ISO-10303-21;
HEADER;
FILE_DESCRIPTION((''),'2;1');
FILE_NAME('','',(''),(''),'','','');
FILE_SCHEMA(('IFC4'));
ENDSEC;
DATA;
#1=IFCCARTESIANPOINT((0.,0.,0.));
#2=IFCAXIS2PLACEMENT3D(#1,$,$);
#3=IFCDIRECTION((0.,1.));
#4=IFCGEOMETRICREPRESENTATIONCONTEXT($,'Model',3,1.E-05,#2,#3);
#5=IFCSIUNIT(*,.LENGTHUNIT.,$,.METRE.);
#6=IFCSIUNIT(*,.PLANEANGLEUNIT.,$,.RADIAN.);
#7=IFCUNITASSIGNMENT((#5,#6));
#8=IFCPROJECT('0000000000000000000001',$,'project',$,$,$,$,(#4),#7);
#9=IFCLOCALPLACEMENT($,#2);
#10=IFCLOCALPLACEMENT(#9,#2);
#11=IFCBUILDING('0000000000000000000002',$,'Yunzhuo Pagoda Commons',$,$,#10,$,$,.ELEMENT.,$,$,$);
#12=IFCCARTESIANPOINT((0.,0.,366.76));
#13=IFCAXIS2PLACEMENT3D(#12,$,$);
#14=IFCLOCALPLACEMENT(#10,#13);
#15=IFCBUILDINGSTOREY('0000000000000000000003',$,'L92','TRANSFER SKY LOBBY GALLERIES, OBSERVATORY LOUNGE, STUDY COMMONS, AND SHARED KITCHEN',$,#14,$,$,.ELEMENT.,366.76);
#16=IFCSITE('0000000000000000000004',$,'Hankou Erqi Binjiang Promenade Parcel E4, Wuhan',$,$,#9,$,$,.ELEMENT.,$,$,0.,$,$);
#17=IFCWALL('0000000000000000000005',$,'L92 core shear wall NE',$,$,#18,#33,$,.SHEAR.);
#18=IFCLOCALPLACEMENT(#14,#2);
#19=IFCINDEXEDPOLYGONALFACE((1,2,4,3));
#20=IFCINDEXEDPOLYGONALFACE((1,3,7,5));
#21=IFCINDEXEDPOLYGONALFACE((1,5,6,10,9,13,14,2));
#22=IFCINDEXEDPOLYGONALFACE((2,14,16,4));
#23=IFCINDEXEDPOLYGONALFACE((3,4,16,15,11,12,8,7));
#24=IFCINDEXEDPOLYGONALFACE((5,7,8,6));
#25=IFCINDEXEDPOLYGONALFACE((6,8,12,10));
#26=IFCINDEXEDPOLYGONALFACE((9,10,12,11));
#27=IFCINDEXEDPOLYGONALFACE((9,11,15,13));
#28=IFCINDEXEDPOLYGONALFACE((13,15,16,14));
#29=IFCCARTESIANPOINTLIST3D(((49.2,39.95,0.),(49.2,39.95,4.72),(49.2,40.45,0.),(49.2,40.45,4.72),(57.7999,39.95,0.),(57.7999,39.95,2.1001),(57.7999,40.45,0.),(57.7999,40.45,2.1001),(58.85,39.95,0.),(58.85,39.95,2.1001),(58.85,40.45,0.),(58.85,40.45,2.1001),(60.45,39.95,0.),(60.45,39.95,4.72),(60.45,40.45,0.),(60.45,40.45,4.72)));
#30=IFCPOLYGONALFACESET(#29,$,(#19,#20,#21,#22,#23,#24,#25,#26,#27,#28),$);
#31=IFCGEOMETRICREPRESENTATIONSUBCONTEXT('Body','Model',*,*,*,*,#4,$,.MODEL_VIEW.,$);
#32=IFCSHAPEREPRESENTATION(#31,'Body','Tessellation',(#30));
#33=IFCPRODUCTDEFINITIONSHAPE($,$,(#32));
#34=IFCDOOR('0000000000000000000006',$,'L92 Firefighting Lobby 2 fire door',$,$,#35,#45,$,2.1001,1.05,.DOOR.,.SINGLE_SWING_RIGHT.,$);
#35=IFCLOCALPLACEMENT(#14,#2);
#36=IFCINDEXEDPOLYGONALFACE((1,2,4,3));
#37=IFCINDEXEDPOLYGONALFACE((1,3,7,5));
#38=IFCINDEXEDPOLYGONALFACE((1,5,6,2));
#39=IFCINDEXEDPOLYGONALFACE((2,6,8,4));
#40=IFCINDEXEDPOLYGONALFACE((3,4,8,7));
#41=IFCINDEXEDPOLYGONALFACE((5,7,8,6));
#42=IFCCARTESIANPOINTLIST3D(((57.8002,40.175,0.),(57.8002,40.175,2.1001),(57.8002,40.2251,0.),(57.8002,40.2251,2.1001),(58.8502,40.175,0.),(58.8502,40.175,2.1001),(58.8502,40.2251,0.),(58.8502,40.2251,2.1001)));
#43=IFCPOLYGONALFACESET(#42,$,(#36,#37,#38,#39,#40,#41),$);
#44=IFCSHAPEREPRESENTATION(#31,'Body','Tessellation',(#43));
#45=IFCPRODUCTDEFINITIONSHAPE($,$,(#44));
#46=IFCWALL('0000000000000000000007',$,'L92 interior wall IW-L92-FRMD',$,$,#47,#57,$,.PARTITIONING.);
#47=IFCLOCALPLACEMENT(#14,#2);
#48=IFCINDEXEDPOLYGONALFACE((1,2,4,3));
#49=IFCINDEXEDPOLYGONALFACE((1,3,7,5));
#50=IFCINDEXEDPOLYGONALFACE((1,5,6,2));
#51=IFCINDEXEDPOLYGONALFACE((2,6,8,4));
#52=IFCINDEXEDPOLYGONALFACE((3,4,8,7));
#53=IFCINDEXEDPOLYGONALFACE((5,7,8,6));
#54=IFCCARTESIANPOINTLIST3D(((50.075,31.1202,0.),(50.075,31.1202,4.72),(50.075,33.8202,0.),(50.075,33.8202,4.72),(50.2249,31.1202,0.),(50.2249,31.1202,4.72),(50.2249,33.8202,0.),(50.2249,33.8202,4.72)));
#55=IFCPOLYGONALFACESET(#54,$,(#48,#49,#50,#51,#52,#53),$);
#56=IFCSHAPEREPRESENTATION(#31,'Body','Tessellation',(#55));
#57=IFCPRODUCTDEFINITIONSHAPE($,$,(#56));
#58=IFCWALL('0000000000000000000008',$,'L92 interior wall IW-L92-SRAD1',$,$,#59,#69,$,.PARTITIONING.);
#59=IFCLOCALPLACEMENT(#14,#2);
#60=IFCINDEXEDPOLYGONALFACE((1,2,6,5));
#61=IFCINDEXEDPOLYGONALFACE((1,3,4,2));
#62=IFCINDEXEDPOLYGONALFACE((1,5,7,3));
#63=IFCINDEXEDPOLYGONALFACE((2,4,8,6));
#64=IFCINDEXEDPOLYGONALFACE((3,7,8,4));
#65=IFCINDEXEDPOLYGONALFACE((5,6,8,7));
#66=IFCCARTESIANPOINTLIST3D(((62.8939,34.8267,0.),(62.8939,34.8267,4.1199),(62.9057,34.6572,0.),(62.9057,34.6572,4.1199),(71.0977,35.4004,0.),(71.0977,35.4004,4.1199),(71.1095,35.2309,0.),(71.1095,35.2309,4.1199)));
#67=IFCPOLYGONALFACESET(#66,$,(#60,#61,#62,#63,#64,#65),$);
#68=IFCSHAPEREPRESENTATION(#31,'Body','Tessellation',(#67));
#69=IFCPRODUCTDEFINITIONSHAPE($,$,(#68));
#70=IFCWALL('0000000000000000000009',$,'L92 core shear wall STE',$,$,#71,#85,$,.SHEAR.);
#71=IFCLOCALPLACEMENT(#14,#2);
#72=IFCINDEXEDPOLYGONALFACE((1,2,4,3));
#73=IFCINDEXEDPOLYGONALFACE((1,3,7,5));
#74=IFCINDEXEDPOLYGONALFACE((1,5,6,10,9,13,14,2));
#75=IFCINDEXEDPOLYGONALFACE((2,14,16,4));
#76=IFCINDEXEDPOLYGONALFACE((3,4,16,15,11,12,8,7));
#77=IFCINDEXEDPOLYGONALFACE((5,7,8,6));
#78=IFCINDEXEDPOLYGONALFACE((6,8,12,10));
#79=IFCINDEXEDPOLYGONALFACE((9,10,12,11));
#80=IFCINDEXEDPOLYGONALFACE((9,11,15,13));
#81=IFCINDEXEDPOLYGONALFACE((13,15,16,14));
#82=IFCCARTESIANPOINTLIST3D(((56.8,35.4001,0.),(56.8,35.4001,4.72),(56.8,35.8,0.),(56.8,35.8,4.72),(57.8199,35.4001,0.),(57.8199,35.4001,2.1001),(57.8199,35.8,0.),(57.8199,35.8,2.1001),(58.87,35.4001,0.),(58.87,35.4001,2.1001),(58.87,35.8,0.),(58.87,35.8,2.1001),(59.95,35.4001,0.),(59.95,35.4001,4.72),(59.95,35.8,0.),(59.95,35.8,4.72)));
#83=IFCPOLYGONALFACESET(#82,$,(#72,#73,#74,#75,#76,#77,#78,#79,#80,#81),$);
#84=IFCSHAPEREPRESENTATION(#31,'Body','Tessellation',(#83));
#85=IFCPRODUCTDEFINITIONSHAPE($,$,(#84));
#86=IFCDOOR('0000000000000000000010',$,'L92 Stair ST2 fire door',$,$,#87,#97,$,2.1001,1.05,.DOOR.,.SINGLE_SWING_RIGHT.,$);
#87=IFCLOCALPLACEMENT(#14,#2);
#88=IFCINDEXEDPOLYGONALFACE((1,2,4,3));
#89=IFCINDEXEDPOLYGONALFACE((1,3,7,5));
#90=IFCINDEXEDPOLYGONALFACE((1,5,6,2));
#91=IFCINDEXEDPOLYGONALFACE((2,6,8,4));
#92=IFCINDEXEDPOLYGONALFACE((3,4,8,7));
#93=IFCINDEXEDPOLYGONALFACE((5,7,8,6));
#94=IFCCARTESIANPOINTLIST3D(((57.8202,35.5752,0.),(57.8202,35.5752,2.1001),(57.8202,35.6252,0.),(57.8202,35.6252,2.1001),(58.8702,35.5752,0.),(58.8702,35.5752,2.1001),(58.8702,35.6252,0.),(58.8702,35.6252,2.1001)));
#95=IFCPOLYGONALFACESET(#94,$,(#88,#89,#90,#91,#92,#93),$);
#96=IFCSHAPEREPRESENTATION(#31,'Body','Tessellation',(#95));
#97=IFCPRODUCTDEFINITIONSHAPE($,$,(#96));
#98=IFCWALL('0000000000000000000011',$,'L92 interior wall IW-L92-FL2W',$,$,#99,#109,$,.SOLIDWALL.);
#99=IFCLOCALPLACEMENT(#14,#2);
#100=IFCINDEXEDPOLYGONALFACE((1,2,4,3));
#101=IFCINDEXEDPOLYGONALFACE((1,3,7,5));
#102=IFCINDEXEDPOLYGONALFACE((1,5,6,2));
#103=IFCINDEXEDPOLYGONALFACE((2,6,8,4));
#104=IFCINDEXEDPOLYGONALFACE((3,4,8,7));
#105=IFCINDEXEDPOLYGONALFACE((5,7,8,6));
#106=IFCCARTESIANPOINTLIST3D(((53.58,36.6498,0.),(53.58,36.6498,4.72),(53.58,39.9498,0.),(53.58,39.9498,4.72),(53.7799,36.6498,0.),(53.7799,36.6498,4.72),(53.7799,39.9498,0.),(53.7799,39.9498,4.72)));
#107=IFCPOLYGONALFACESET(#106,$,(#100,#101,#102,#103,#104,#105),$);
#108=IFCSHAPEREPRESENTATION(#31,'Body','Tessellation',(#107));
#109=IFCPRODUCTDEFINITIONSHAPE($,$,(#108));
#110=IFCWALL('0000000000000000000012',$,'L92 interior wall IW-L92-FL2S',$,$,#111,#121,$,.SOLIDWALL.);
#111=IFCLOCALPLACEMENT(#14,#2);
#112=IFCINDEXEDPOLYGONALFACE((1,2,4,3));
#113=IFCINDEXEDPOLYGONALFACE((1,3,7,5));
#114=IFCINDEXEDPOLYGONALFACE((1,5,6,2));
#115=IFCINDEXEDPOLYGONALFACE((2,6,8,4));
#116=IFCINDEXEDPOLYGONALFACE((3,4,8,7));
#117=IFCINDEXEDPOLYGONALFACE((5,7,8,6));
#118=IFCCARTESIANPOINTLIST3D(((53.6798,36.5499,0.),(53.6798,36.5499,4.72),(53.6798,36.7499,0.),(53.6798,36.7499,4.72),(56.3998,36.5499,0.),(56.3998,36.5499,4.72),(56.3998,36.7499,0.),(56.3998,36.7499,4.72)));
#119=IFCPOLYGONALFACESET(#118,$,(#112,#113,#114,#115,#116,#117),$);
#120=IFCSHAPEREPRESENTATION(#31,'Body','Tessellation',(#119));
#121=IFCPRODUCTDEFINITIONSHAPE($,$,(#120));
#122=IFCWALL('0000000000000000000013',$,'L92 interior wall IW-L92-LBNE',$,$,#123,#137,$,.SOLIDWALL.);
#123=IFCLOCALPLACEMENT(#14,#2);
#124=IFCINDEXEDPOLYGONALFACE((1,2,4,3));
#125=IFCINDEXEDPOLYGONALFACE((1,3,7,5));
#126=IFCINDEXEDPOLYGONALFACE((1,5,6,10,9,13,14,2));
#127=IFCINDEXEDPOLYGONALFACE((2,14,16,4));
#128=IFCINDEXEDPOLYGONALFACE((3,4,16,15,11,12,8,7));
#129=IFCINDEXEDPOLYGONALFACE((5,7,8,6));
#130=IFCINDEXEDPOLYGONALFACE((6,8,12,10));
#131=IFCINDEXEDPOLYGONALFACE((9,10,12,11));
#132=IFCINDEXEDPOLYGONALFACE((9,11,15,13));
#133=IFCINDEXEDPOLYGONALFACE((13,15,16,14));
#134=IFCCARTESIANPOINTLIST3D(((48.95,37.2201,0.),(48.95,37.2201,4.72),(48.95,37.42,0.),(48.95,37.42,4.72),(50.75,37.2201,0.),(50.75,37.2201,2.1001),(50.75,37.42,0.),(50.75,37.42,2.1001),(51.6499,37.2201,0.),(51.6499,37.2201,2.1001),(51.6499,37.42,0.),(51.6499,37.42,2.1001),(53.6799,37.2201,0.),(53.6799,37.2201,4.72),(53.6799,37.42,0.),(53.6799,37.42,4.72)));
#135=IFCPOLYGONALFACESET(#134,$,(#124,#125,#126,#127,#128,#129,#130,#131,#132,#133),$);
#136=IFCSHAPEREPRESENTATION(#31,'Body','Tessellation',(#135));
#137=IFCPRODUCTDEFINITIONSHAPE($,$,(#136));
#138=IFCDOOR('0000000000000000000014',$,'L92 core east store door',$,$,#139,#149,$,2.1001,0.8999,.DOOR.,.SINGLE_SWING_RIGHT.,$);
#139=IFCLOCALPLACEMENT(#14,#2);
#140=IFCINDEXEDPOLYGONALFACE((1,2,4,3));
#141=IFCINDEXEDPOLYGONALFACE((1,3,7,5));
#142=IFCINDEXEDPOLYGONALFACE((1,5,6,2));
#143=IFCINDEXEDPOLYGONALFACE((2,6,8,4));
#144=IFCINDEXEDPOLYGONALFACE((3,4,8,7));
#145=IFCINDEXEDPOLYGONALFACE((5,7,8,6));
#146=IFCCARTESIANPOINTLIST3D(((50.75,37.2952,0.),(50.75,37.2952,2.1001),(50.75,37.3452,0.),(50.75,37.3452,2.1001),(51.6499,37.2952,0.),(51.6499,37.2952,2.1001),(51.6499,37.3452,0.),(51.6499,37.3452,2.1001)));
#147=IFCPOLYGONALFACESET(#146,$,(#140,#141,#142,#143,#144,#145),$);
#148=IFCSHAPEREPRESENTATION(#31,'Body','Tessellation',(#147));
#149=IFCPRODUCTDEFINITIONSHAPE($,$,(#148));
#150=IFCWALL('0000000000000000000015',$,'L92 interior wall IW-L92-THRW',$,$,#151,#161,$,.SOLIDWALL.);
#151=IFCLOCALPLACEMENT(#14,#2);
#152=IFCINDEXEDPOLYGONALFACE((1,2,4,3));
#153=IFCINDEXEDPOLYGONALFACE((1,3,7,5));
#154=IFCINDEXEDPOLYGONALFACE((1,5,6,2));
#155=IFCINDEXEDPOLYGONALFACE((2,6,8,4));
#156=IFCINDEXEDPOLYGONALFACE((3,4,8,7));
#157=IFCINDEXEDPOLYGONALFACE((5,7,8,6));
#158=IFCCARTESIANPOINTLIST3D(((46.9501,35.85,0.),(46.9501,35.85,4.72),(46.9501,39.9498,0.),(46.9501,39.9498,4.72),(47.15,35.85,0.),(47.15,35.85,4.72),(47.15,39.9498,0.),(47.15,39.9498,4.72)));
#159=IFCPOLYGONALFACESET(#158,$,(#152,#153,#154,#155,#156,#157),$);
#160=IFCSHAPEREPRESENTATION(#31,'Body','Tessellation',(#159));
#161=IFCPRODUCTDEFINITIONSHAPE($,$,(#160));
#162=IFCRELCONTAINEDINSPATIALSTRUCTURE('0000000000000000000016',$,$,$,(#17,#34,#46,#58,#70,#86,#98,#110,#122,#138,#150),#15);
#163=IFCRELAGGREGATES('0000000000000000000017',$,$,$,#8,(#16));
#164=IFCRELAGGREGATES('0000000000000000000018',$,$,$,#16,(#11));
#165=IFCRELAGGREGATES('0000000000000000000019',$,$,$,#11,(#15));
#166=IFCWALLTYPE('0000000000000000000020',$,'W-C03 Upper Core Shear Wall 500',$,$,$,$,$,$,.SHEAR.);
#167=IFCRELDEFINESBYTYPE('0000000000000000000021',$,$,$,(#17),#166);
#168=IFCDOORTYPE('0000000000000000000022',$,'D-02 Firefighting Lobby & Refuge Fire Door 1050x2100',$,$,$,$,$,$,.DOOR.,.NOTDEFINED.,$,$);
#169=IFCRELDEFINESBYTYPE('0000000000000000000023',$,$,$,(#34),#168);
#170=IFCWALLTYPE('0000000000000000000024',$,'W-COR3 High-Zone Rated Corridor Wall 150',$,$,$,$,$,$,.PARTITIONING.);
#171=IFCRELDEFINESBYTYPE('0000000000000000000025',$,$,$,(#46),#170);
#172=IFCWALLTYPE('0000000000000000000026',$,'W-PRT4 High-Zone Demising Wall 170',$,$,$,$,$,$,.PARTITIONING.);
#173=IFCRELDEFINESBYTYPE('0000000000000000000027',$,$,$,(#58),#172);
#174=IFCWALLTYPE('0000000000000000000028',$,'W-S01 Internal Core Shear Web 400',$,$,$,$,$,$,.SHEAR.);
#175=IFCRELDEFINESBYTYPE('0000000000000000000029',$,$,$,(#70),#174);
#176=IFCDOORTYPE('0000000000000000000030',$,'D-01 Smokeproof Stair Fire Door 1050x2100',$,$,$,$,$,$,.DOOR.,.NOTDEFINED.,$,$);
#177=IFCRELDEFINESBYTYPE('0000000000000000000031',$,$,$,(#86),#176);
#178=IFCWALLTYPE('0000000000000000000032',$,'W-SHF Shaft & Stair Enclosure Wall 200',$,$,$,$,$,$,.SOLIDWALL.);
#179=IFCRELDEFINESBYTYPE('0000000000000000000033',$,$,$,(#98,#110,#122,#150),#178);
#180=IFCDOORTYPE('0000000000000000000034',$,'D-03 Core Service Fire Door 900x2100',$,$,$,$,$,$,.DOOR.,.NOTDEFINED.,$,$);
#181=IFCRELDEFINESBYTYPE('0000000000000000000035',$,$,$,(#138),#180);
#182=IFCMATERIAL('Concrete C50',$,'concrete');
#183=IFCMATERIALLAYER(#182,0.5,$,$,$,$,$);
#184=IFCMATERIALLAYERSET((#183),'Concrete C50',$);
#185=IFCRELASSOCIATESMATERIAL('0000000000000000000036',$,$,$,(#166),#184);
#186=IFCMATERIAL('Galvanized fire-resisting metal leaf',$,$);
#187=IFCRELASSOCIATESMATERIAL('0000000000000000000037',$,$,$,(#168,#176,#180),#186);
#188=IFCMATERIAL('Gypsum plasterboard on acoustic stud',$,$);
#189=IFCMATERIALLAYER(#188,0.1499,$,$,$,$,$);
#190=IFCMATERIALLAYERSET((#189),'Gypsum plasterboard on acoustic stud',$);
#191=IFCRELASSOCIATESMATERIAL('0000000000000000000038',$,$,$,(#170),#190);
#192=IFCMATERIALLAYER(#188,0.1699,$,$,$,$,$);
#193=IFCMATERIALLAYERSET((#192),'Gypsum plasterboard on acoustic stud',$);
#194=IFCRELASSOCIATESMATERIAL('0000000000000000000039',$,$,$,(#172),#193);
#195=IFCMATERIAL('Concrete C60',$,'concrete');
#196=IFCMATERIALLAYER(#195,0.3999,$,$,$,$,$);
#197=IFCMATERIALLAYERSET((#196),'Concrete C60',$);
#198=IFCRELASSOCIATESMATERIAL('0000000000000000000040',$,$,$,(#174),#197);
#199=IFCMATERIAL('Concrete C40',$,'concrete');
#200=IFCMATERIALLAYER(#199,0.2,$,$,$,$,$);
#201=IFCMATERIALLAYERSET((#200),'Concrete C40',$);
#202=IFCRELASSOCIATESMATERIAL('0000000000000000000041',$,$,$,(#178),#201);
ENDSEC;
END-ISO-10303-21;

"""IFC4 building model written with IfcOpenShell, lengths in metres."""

from ifc_helpers import new_model, si_unit, direction, frame, frame_2d, origin, place, context, subcontext, project, spatial, rectangle, extrude, source, transform, mapped, material, layer, layer_set, type_object, element, fill, save


model = new_model("IFC4")

# Units and contexts
model_context = context("Model", 3, precision=1e-05, world=origin(), true_north=direction((0.0, 1.0)))
body_context = subcontext(model_context, "Body", "Model", "MODEL_VIEW")
ifc_project = project(units=[si_unit("LENGTHUNIT", "METRE"), si_unit("PLANEANGLEUNIT", "RADIAN")], contexts=[model_context])

# Site, building, storey
site_placement = place(None, origin())
site = spatial("IfcSite", under=ifc_project, at=site_placement, Name="Hankou Erqi Binjiang Promenade Parcel E4, Wuhan", CompositionType="ELEMENT", RefElevation=0.0)
building_placement = place(site_placement, origin())
building = spatial("IfcBuilding", under=site, at=building_placement, Name="Yunzhuo Pagoda Commons", CompositionType="ELEMENT")
storey_placement = place(building_placement, frame((0.0, 0.0, 366.76)))
storey = spatial("IfcBuildingStorey", under=building, at=storey_placement, Name="L92", Description="TRANSFER SKY LOBBY GALLERIES, OBSERVATORY LOUNGE, STUDY COMMONS, AND SHARED KITCHEN", CompositionType="ELEMENT", Elevation=366.76)

# Wall, opening, door
ifc_material_1 = material(Name="Concrete C50", Category="concrete")
ifc_layer_1 = layer(ifc_material_1, 0.5)
ifc_layer_set_1 = layer_set([ifc_layer_1], Name="Concrete C50")
wall_type_1 = type_object("IfcWallType", Name="W-C03 Upper Core Shear Wall 500", PredefinedType="SHEAR", material=ifc_layer_set_1)
wall_1_placement = place(storey_placement, frame((49.2, 40.2, 0.0), z_axis=(0.0, 0.0, 1.0), x_axis=(1.0, 0.0, 0.0)))
wall_1 = element("IfcWall", 1, at=wall_1_placement, inside=storey, type_object=wall_type_1, Name="L92 core shear wall NE", PredefinedType="SHEAR", context=body_context, shape_type="SweptSolid", body=[
    extrude(rectangle(XDim=11.25, YDim=0.5, at=frame_2d((5.625, 0.0))), origin(), (0.0, 0.0, 1.0), 4.72),
])
opening_1_placement = place(wall_1_placement, frame((8.6001, 0.0, 0.0)))
opening_1 = element("IfcOpeningElement", 2, at=opening_1_placement, cuts=wall_1, PredefinedType="OPENING", context=body_context, shape_type="SweptSolid", body=[
    extrude(rectangle(XDim=1.05, YDim=2.1001, at=frame_2d((0.5249, 1.05))), frame((0.0, 0.26, 0.0), z_axis=(0.0, -1.0, 0.0), x_axis=(1.0, 0.0, 0.0)), (0.0, 0.0, 1.0), 0.52),
])
ifc_material_2 = material(Name="Galvanized fire-resisting metal leaf")
door_type_1 = type_object("IfcDoorType", Name="D-02 Firefighting Lobby & Refuge Fire Door 1050x2100", OperationType="NOTDEFINED", PredefinedType="DOOR", material=ifc_material_2)
shared_shape_1 = source(origin(), body_context, "Body", "SweptSolid", [
    extrude(rectangle(XDim=1.05, YDim=2.1001, at=frame_2d((0.5249, 1.05))), frame((0.0, 0.0249, 0.0), z_axis=(0.0, -1.0, 0.0), x_axis=(1.0, 0.0, 0.0)), (0.0, 0.0, 1.0), 0.05),
])
door_1_placement = place(opening_1_placement, frame((1.05, 0.0, 0.0), z_axis=(0.0, 0.0, 1.0), x_axis=(-1.0, 0.0, 0.0)))
door_1 = element("IfcDoor", 3, at=door_1_placement, inside=storey, type_object=door_type_1, Name="L92 Firefighting Lobby 2 fire door", OperationType="SINGLE_SWING_RIGHT", OverallHeight=2.1001, OverallWidth=1.05, PredefinedType="DOOR", context=body_context, shape_type="MappedRepresentation", body=[
    mapped(shared_shape_1, transform((0.0, 0.0, 0.0), scale=1.0)),
])
fill(opening_1, door_1)

# Walls
ifc_material_3 = material(Name="Gypsum plasterboard on acoustic stud")
ifc_layer_2 = layer(ifc_material_3, 0.1499)
ifc_layer_set_2 = layer_set([ifc_layer_2], Name="Gypsum plasterboard on acoustic stud")
wall_type_2 = type_object("IfcWallType", Name="W-COR3 High-Zone Rated Corridor Wall 150", PredefinedType="PARTITIONING", material=ifc_layer_set_2)
wall_2_placement = place(storey_placement, frame((50.1499, 31.1201, 0.0), z_axis=(0.0, 0.0, 1.0), x_axis=(0.0, 1.0, 0.0)))
element("IfcWall", 4, at=wall_2_placement, inside=storey, type_object=wall_type_2, Name="L92 interior wall IW-L92-FRMD", PredefinedType="PARTITIONING", context=body_context, shape_type="SweptSolid", body=[
    extrude(rectangle(XDim=2.7, YDim=0.1499, at=frame_2d((1.3501, 0.0))), origin(), (0.0, 0.0, 1.0), 4.72),
])
ifc_layer_3 = layer(ifc_material_3, 0.1699)
ifc_layer_set_3 = layer_set([ifc_layer_3], Name="Gypsum plasterboard on acoustic stud")
wall_type_3 = type_object("IfcWallType", Name="W-PRT4 High-Zone Demising Wall 170", PredefinedType="PARTITIONING", material=ifc_layer_set_3)
wall_3_placement = place(storey_placement, frame((62.8999, 34.7419, 0.0), z_axis=(0.0, 0.0, 1.0), x_axis=(0.997564, 0.069764, 0.0)))
element("IfcWall", 5, at=wall_3_placement, inside=storey, type_object=wall_type_3, Name="L92 interior wall IW-L92-SRAD1", PredefinedType="PARTITIONING", context=body_context, shape_type="SweptSolid", body=[
    extrude(rectangle(XDim=8.2239, YDim=0.1699, at=frame_2d((4.1118, 0.0))), origin(), (0.0, 0.0, 1.0), 4.1199),
])

# Wall, opening, door
ifc_material_4 = material(Name="Concrete C60", Category="concrete")
ifc_layer_4 = layer(ifc_material_4, 0.3999)
ifc_layer_set_4 = layer_set([ifc_layer_4], Name="Concrete C60")
wall_type_4 = type_object("IfcWallType", Name="W-S01 Internal Core Shear Web 400", PredefinedType="SHEAR", material=ifc_layer_set_4)
wall_4_placement = place(storey_placement, frame((56.8, 35.6001, 0.0), z_axis=(0.0, 0.0, 1.0), x_axis=(1.0, 0.0, 0.0)))
wall_4 = element("IfcWall", 6, at=wall_4_placement, inside=storey, type_object=wall_type_4, Name="L92 core shear wall STE", PredefinedType="SHEAR", context=body_context, shape_type="SweptSolid", body=[
    extrude(rectangle(XDim=3.1499, YDim=0.3999, at=frame_2d((1.575, 0.0))), origin(), (0.0, 0.0, 1.0), 4.72),
])
opening_2_placement = place(wall_4_placement, frame((1.02, 0.0, 0.0)))
opening_2 = element("IfcOpeningElement", 7, at=opening_2_placement, cuts=wall_4, PredefinedType="OPENING", context=body_context, shape_type="SweptSolid", body=[
    extrude(rectangle(XDim=1.05, YDim=2.1001, at=frame_2d((0.5249, 1.05))), frame((0.0, 0.21, 0.0), z_axis=(0.0, -1.0, 0.0), x_axis=(1.0, 0.0, 0.0)), (0.0, 0.0, 1.0), 0.4199),
])
door_type_2 = type_object("IfcDoorType", Name="D-01 Smokeproof Stair Fire Door 1050x2100", OperationType="NOTDEFINED", PredefinedType="DOOR", material=ifc_material_2)
door_2_placement = place(opening_2_placement, frame((1.05, 0.0, 0.0), z_axis=(0.0, 0.0, 1.0), x_axis=(-1.0, 0.0, 0.0)))
door_2 = element("IfcDoor", 8, at=door_2_placement, inside=storey, type_object=door_type_2, Name="L92 Stair ST2 fire door", OperationType="SINGLE_SWING_RIGHT", OverallHeight=2.1001, OverallWidth=1.05, PredefinedType="DOOR", context=body_context, shape_type="MappedRepresentation", body=[
    mapped(shared_shape_1, transform((0.0, 0.0, 0.0), scale=1.0)),
])
fill(opening_2, door_2)

# Walls
ifc_material_5 = material(Name="Concrete C40", Category="concrete")
ifc_layer_5 = layer(ifc_material_5, 0.2)
ifc_layer_set_5 = layer_set([ifc_layer_5], Name="Concrete C40")
wall_type_5 = type_object("IfcWallType", Name="W-SHF Shaft & Stair Enclosure Wall 200", PredefinedType="SOLIDWALL", material=ifc_layer_set_5)
wall_5_placement = place(storey_placement, frame((53.6799, 36.6499, 0.0), z_axis=(0.0, 0.0, 1.0), x_axis=(0.0, 1.0, 0.0)))
element("IfcWall", 9, at=wall_5_placement, inside=storey, type_object=wall_type_5, Name="L92 interior wall IW-L92-FL2W", PredefinedType="SOLIDWALL", context=body_context, shape_type="SweptSolid", body=[
    extrude(rectangle(XDim=3.3, YDim=0.2, at=frame_2d((1.6499, 0.0))), origin(), (0.0, 0.0, 1.0), 4.72),
])
wall_6_placement = place(storey_placement, frame((53.6799, 36.6499, 0.0), z_axis=(0.0, 0.0, 1.0), x_axis=(1.0, 0.0, 0.0)))
element("IfcWall", 10, at=wall_6_placement, inside=storey, type_object=wall_type_5, Name="L92 interior wall IW-L92-FL2S", PredefinedType="SOLIDWALL", context=body_context, shape_type="SweptSolid", body=[
    extrude(rectangle(XDim=2.72, YDim=0.2, at=frame_2d((1.3599, 0.0))), origin(), (0.0, 0.0, 1.0), 4.72),
])

# Wall, opening, door
wall_7_placement = place(storey_placement, frame((48.95, 37.3201, 0.0), z_axis=(0.0, 0.0, 1.0), x_axis=(1.0, 0.0, 0.0)))
wall_7 = element("IfcWall", 11, at=wall_7_placement, inside=storey, type_object=wall_type_5, Name="L92 interior wall IW-L92-LBNE", PredefinedType="SOLIDWALL", context=body_context, shape_type="SweptSolid", body=[
    extrude(rectangle(XDim=4.73, YDim=0.2, at=frame_2d((2.365, 0.0))), origin(), (0.0, 0.0, 1.0), 4.72),
])
opening_3_placement = place(wall_7_placement, frame((1.8, 0.0, 0.0)))
opening_3 = element("IfcOpeningElement", 12, at=opening_3_placement, cuts=wall_7, PredefinedType="OPENING", context=body_context, shape_type="SweptSolid", body=[
    extrude(rectangle(XDim=0.8999, YDim=2.1001, at=frame_2d((0.45, 1.05))), frame((0.0, 0.1099, 0.0), z_axis=(0.0, -1.0, 0.0), x_axis=(1.0, 0.0, 0.0)), (0.0, 0.0, 1.0), 0.22),
])
door_type_3 = type_object("IfcDoorType", Name="D-03 Core Service Fire Door 900x2100", OperationType="NOTDEFINED", PredefinedType="DOOR", material=ifc_material_2)
shared_shape_2 = source(origin(), body_context, "Body", "SweptSolid", [
    extrude(rectangle(XDim=0.8999, YDim=2.1001, at=frame_2d((0.45, 1.05))), frame((0.0, 0.0249, 0.0), z_axis=(0.0, -1.0, 0.0), x_axis=(1.0, 0.0, 0.0)), (0.0, 0.0, 1.0), 0.05),
])
door_3_placement = place(opening_3_placement, frame((0.8999, 0.0, 0.0), z_axis=(0.0, 0.0, 1.0), x_axis=(-1.0, 0.0, 0.0)))
door_3 = element("IfcDoor", 13, at=door_3_placement, inside=storey, type_object=door_type_3, Name="L92 core east store door", OperationType="SINGLE_SWING_RIGHT", OverallHeight=2.1001, OverallWidth=0.8999, PredefinedType="DOOR", context=body_context, shape_type="MappedRepresentation", body=[
    mapped(shared_shape_2, transform((0.0, 0.0, 0.0), scale=1.0)),
])
fill(opening_3, door_3)

# Wall
wall_8_placement = place(storey_placement, frame((47.05, 35.8501, 0.0), z_axis=(0.0, 0.0, 1.0), x_axis=(0.0, 1.0, 0.0)))
element("IfcWall", 14, at=wall_8_placement, inside=storey, type_object=wall_type_5, Name="L92 interior wall IW-L92-THRW", PredefinedType="SOLIDWALL", context=body_context, shape_type="SweptSolid", body=[
    extrude(rectangle(XDim=4.0999, YDim=0.2, at=frame_2d((2.0498, 0.0))), origin(), (0.0, 0.0, 1.0), 4.72),
])

save(model, "model.ifc")
